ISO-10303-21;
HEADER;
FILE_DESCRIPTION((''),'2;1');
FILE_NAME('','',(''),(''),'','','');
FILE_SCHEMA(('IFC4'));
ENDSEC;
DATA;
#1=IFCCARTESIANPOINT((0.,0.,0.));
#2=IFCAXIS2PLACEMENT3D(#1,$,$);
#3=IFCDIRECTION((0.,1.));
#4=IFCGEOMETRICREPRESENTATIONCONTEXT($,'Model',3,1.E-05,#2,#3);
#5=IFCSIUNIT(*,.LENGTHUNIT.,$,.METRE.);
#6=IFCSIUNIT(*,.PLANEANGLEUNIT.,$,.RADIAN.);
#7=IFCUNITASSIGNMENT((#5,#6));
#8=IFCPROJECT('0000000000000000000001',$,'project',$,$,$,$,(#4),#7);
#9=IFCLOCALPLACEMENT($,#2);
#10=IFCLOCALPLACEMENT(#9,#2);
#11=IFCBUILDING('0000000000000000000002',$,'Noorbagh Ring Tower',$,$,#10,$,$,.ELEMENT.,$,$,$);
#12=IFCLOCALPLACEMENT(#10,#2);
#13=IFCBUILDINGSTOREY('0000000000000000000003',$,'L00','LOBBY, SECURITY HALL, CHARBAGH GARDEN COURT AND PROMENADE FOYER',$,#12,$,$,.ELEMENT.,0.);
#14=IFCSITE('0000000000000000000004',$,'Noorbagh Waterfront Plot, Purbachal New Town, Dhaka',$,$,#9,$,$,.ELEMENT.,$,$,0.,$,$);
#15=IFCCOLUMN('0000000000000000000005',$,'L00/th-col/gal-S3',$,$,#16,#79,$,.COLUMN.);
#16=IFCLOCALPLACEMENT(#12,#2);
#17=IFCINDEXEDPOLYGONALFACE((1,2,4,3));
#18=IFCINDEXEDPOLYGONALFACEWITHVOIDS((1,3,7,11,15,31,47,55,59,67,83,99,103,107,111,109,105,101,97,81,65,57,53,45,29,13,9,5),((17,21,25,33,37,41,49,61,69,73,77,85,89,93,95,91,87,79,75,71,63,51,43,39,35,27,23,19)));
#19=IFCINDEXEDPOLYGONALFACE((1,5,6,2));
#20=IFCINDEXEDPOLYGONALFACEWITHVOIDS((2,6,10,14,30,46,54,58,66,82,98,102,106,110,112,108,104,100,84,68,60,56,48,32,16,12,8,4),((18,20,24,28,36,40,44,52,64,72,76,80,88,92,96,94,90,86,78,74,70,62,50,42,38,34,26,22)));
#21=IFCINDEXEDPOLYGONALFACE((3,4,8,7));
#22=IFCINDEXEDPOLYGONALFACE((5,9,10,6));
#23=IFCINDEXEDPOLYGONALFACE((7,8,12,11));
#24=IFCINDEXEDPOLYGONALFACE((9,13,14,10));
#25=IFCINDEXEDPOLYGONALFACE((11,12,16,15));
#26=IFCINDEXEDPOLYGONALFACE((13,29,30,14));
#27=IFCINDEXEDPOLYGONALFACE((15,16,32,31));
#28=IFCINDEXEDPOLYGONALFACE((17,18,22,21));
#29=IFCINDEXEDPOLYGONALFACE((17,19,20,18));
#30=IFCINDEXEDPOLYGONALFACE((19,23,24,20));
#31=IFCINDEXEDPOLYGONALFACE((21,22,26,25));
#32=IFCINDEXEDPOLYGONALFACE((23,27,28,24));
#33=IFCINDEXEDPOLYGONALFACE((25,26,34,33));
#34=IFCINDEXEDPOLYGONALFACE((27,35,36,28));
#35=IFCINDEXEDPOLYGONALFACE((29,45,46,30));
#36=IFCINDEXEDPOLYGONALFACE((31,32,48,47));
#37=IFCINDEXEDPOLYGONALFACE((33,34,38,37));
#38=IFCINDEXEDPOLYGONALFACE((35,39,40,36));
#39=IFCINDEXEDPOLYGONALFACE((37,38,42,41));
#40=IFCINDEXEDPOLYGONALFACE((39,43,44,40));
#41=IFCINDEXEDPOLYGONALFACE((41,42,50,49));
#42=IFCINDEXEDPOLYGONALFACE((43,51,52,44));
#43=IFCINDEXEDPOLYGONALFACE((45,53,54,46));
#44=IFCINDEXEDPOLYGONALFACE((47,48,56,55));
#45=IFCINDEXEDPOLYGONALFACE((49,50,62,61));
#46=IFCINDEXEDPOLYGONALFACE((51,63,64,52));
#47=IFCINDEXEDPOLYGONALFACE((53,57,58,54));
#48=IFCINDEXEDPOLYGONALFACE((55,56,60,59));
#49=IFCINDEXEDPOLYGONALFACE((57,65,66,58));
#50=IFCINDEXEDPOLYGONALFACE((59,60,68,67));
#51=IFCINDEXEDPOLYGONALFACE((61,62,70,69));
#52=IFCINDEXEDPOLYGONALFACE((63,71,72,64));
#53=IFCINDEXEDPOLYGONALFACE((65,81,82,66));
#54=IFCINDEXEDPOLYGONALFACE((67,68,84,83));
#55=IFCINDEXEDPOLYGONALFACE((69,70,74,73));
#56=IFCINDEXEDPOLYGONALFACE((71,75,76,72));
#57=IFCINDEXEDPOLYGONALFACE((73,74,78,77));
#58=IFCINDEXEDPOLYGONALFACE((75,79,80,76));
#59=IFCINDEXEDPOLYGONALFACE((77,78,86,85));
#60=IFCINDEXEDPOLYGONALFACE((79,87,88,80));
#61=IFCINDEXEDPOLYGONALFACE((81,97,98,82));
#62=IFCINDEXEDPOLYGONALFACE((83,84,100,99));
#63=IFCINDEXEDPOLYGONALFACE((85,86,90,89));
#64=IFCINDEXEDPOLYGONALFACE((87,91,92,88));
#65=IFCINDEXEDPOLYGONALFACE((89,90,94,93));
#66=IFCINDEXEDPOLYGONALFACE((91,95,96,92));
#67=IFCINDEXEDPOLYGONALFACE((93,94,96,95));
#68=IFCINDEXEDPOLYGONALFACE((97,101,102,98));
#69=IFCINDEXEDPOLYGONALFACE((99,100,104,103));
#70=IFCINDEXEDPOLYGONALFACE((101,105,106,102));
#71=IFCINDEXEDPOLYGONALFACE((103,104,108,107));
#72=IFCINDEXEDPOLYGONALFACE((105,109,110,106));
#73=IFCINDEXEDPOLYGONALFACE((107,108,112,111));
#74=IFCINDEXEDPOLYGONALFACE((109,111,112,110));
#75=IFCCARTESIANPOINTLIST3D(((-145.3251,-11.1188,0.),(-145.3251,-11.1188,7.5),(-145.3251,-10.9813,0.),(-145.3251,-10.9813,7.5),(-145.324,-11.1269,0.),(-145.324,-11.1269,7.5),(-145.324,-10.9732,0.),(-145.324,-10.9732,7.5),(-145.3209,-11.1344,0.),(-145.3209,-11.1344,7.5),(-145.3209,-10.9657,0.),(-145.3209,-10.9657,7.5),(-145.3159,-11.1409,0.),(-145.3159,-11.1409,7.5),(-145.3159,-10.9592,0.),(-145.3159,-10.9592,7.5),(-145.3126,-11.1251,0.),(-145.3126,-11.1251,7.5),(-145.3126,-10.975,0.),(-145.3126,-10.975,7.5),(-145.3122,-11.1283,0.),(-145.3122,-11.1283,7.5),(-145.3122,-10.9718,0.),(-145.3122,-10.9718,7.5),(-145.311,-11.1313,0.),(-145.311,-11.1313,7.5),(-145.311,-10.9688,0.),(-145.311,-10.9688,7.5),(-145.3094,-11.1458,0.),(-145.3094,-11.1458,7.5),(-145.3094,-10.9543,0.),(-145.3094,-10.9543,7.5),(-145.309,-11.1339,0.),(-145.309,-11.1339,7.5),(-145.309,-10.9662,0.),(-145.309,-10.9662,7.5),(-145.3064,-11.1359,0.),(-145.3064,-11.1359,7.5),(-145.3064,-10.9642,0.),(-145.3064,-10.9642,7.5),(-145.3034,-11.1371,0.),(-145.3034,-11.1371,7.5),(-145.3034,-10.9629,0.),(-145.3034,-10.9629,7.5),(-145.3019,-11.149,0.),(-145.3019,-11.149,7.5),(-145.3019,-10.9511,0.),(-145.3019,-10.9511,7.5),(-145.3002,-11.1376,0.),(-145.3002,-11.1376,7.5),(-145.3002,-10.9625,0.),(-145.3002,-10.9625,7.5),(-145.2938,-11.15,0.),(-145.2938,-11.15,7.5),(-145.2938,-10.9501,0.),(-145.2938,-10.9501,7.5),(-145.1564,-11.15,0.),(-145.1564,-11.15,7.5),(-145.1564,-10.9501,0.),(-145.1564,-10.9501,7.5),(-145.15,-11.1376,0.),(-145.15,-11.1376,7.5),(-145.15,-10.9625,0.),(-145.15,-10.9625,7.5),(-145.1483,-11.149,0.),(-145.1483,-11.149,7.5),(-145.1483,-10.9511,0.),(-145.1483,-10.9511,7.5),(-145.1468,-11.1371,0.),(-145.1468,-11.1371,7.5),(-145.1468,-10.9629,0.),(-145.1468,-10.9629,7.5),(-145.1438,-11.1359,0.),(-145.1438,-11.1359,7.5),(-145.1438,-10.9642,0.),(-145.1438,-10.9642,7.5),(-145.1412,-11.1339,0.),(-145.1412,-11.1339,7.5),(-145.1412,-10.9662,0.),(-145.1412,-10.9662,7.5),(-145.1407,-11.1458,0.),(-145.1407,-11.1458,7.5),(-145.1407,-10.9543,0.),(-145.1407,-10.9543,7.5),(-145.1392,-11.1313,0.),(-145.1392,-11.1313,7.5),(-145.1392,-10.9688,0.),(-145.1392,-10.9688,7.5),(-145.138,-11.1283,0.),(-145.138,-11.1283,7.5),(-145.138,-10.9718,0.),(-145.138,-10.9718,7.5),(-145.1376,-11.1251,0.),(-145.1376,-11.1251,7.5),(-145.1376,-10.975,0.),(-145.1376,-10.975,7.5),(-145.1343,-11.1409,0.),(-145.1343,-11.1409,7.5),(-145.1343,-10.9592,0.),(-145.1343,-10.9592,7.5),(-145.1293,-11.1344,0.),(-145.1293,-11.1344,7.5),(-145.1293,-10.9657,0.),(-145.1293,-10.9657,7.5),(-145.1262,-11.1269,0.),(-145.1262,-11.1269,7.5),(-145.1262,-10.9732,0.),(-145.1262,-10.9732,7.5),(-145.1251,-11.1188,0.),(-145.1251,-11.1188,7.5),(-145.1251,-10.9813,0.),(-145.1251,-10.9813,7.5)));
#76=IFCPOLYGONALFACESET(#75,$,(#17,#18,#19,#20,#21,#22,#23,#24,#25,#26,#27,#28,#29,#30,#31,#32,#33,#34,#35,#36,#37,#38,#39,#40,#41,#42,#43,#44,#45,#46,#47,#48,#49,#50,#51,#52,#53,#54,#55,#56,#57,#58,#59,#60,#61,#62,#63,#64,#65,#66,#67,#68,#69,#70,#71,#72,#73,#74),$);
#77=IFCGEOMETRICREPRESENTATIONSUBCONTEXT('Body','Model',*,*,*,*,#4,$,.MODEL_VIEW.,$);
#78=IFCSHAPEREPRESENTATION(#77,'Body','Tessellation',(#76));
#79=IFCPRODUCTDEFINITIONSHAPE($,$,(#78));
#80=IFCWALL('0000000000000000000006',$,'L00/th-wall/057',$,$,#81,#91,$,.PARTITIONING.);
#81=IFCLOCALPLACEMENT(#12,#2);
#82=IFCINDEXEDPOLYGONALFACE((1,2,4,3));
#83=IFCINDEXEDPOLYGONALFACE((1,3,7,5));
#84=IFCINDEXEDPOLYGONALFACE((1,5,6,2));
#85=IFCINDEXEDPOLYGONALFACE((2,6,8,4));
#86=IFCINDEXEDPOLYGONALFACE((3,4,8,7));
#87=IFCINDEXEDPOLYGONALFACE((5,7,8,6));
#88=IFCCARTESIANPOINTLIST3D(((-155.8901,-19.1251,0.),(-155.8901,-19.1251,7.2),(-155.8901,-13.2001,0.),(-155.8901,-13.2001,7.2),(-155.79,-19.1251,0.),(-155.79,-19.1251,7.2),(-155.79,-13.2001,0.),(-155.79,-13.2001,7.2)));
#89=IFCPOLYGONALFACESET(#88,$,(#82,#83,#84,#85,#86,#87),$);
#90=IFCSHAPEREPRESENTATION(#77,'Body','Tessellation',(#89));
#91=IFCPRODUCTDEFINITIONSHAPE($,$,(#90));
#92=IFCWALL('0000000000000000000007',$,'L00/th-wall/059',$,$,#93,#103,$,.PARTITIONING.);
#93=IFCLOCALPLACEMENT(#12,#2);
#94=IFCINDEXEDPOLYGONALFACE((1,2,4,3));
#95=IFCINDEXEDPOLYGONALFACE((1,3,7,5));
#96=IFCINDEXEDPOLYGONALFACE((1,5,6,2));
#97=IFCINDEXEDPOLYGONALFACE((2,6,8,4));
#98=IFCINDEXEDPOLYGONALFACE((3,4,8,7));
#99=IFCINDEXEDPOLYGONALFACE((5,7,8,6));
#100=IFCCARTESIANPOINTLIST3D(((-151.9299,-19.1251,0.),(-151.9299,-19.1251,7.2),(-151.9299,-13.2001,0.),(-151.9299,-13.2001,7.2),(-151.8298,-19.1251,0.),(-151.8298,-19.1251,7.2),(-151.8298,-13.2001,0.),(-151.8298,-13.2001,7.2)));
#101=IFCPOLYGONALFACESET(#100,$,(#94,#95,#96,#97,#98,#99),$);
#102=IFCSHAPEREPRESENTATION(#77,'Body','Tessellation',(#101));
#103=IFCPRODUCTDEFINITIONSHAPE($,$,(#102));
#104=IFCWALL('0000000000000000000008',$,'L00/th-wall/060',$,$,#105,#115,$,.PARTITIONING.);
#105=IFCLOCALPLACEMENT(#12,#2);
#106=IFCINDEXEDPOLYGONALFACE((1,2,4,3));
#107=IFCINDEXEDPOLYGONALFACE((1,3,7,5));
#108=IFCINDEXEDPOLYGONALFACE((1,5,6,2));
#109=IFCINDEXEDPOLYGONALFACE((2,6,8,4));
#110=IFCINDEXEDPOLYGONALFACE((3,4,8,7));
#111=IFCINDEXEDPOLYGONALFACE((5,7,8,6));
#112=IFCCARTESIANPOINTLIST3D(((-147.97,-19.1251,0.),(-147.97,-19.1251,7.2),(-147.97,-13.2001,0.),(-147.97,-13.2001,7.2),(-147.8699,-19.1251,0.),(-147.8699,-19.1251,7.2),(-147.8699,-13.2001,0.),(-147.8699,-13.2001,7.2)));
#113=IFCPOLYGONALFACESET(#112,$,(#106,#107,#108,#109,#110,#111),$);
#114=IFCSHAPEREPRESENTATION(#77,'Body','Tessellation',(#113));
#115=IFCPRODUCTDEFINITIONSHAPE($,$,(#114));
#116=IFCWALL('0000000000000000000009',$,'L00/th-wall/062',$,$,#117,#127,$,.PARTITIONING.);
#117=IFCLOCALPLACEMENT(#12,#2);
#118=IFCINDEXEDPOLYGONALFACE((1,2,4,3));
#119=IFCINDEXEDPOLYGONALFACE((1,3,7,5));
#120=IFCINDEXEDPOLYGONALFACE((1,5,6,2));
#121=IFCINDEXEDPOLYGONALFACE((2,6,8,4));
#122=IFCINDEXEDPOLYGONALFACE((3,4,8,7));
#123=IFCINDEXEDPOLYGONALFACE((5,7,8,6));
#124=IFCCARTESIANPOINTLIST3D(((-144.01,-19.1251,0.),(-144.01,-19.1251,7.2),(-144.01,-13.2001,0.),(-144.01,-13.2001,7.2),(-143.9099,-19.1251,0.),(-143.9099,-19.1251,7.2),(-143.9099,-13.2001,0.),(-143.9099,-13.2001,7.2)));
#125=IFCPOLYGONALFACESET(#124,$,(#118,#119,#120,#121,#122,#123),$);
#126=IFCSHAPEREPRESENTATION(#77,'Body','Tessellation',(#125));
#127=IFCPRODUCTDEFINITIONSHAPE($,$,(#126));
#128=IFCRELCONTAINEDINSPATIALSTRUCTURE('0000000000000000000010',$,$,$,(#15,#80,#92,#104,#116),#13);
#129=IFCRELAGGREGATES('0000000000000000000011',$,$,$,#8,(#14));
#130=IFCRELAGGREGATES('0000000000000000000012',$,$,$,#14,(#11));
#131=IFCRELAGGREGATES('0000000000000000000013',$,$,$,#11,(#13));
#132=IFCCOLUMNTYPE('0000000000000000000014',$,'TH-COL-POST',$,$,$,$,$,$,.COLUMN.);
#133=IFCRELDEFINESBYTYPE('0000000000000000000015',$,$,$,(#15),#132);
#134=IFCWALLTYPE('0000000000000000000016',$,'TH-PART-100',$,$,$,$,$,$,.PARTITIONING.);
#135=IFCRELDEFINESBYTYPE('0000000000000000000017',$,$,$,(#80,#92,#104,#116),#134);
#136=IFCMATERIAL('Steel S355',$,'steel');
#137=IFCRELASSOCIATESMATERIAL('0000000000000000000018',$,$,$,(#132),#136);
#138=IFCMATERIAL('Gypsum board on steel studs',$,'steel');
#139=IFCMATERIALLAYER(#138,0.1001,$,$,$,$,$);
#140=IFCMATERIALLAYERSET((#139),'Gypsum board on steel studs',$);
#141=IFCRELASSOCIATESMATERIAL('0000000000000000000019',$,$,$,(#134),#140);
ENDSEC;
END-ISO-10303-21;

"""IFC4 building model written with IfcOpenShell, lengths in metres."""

from ifc_helpers import new_model, si_unit, direction, frame, frame_2d, origin, origin_2d, place, context, subcontext, project, spatial, rectangle, hollow_rectangle, extrude, material, layer, layer_set, material_profile, profile_set, type_object, element, save


model = new_model("IFC4")

# Units and contexts
model_context = context("Model", 3, precision=1e-05, world=origin(), true_north=direction((0.0, 1.0)))
body_context = subcontext(model_context, "Body", "Model", "MODEL_VIEW")
ifc_project = project(units=[si_unit("LENGTHUNIT", "METRE"), si_unit("PLANEANGLEUNIT", "RADIAN")], contexts=[model_context])

# Site, building, storey
site_placement = place(None, origin())
site = spatial("IfcSite", under=ifc_project, at=site_placement, Name="Noorbagh Waterfront Plot, Purbachal New Town, Dhaka", CompositionType="ELEMENT", RefElevation=0.0)
building_placement = place(site_placement, origin())
building = spatial("IfcBuilding", under=site, at=building_placement, Name="Noorbagh Ring Tower", CompositionType="ELEMENT")
storey_placement = place(building_placement, origin())
storey = spatial("IfcBuildingStorey", under=building, at=storey_placement, Name="L00", Description="LOBBY, SECURITY HALL, CHARBAGH GARDEN COURT AND PROMENADE FOYER", CompositionType="ELEMENT", Elevation=0.0)

# Column
ifc_material_1 = material(Name="Steel S355", Category="steel")
ifc_material_profile = material_profile(ifc_material_1, hollow_rectangle(XDim=0.2, YDim=0.2, WallThickness=0.0125, InnerFilletRadius=0.0125, OuterFilletRadius=0.0312, at=origin_2d()), Name="SHS200x200x12.5")
ifc_profile_set = profile_set([ifc_material_profile], Name="Steel S355")
column_type = type_object("IfcColumnType", Name="TH-COL-POST", PredefinedType="COLUMN", material=ifc_profile_set)
for number, where, z_axis, x_axis, name in (
    (1, (-145.2251, -11.05, 0.0), (0.0, 0.0, 1.0), (1.0, 0.0, 0.0), "L00/th-col/gal-S3"),
):
    element("IfcColumn", number, at=place(storey_placement, frame(where, z_axis=z_axis, x_axis=x_axis)), inside=storey, type_object=column_type, Name=name, PredefinedType="COLUMN", context=body_context, shape_type="SweptSolid", body=[
        extrude(hollow_rectangle(XDim=0.2, YDim=0.2, WallThickness=0.0125, InnerFilletRadius=0.0125, OuterFilletRadius=0.0312, at=origin_2d()), origin(), (0.0, 0.0, 1.0), 7.5),
    ])

# Walls
ifc_material_2 = material(Name="Gypsum board on steel studs", Category="steel")
ifc_layer_1 = layer(ifc_material_2, 0.1001)
ifc_layer_set_1 = layer_set([ifc_layer_1], Name="Gypsum board on steel studs")
wall_type_1 = type_object("IfcWallType", Name="TH-PART-100", PredefinedType="PARTITIONING", material=ifc_layer_set_1)
for number, where, z_axis, x_axis, name in (
    (2, (-155.8401, -19.125, 0.0), (0.0, 0.0, 1.0), (0.0, 1.0, 0.0), "L00/th-wall/057"),
    (3, (-151.8799, -19.125, 0.0), (0.0, 0.0, 1.0), (0.0, 1.0, 0.0), "L00/th-wall/059"),
    (4, (-147.9199, -19.125, 0.0), (0.0, 0.0, 1.0), (0.0, 1.0, 0.0), "L00/th-wall/060"),
    (5, (-143.96, -19.125, 0.0), (0.0, 0.0, 1.0), (0.0, 1.0, 0.0), "L00/th-wall/062"),
):
    element("IfcWall", number, at=place(storey_placement, frame(where, z_axis=z_axis, x_axis=x_axis)), inside=storey, type_object=wall_type_1, Name=name, PredefinedType="PARTITIONING", context=body_context, shape_type="SweptSolid", body=[
        extrude(rectangle(XDim=5.925, YDim=0.1001, at=frame_2d((2.9624, 0.0))), origin(), (0.0, 0.0, 1.0), 7.2),
    ])

save(model, "model.ifc")
